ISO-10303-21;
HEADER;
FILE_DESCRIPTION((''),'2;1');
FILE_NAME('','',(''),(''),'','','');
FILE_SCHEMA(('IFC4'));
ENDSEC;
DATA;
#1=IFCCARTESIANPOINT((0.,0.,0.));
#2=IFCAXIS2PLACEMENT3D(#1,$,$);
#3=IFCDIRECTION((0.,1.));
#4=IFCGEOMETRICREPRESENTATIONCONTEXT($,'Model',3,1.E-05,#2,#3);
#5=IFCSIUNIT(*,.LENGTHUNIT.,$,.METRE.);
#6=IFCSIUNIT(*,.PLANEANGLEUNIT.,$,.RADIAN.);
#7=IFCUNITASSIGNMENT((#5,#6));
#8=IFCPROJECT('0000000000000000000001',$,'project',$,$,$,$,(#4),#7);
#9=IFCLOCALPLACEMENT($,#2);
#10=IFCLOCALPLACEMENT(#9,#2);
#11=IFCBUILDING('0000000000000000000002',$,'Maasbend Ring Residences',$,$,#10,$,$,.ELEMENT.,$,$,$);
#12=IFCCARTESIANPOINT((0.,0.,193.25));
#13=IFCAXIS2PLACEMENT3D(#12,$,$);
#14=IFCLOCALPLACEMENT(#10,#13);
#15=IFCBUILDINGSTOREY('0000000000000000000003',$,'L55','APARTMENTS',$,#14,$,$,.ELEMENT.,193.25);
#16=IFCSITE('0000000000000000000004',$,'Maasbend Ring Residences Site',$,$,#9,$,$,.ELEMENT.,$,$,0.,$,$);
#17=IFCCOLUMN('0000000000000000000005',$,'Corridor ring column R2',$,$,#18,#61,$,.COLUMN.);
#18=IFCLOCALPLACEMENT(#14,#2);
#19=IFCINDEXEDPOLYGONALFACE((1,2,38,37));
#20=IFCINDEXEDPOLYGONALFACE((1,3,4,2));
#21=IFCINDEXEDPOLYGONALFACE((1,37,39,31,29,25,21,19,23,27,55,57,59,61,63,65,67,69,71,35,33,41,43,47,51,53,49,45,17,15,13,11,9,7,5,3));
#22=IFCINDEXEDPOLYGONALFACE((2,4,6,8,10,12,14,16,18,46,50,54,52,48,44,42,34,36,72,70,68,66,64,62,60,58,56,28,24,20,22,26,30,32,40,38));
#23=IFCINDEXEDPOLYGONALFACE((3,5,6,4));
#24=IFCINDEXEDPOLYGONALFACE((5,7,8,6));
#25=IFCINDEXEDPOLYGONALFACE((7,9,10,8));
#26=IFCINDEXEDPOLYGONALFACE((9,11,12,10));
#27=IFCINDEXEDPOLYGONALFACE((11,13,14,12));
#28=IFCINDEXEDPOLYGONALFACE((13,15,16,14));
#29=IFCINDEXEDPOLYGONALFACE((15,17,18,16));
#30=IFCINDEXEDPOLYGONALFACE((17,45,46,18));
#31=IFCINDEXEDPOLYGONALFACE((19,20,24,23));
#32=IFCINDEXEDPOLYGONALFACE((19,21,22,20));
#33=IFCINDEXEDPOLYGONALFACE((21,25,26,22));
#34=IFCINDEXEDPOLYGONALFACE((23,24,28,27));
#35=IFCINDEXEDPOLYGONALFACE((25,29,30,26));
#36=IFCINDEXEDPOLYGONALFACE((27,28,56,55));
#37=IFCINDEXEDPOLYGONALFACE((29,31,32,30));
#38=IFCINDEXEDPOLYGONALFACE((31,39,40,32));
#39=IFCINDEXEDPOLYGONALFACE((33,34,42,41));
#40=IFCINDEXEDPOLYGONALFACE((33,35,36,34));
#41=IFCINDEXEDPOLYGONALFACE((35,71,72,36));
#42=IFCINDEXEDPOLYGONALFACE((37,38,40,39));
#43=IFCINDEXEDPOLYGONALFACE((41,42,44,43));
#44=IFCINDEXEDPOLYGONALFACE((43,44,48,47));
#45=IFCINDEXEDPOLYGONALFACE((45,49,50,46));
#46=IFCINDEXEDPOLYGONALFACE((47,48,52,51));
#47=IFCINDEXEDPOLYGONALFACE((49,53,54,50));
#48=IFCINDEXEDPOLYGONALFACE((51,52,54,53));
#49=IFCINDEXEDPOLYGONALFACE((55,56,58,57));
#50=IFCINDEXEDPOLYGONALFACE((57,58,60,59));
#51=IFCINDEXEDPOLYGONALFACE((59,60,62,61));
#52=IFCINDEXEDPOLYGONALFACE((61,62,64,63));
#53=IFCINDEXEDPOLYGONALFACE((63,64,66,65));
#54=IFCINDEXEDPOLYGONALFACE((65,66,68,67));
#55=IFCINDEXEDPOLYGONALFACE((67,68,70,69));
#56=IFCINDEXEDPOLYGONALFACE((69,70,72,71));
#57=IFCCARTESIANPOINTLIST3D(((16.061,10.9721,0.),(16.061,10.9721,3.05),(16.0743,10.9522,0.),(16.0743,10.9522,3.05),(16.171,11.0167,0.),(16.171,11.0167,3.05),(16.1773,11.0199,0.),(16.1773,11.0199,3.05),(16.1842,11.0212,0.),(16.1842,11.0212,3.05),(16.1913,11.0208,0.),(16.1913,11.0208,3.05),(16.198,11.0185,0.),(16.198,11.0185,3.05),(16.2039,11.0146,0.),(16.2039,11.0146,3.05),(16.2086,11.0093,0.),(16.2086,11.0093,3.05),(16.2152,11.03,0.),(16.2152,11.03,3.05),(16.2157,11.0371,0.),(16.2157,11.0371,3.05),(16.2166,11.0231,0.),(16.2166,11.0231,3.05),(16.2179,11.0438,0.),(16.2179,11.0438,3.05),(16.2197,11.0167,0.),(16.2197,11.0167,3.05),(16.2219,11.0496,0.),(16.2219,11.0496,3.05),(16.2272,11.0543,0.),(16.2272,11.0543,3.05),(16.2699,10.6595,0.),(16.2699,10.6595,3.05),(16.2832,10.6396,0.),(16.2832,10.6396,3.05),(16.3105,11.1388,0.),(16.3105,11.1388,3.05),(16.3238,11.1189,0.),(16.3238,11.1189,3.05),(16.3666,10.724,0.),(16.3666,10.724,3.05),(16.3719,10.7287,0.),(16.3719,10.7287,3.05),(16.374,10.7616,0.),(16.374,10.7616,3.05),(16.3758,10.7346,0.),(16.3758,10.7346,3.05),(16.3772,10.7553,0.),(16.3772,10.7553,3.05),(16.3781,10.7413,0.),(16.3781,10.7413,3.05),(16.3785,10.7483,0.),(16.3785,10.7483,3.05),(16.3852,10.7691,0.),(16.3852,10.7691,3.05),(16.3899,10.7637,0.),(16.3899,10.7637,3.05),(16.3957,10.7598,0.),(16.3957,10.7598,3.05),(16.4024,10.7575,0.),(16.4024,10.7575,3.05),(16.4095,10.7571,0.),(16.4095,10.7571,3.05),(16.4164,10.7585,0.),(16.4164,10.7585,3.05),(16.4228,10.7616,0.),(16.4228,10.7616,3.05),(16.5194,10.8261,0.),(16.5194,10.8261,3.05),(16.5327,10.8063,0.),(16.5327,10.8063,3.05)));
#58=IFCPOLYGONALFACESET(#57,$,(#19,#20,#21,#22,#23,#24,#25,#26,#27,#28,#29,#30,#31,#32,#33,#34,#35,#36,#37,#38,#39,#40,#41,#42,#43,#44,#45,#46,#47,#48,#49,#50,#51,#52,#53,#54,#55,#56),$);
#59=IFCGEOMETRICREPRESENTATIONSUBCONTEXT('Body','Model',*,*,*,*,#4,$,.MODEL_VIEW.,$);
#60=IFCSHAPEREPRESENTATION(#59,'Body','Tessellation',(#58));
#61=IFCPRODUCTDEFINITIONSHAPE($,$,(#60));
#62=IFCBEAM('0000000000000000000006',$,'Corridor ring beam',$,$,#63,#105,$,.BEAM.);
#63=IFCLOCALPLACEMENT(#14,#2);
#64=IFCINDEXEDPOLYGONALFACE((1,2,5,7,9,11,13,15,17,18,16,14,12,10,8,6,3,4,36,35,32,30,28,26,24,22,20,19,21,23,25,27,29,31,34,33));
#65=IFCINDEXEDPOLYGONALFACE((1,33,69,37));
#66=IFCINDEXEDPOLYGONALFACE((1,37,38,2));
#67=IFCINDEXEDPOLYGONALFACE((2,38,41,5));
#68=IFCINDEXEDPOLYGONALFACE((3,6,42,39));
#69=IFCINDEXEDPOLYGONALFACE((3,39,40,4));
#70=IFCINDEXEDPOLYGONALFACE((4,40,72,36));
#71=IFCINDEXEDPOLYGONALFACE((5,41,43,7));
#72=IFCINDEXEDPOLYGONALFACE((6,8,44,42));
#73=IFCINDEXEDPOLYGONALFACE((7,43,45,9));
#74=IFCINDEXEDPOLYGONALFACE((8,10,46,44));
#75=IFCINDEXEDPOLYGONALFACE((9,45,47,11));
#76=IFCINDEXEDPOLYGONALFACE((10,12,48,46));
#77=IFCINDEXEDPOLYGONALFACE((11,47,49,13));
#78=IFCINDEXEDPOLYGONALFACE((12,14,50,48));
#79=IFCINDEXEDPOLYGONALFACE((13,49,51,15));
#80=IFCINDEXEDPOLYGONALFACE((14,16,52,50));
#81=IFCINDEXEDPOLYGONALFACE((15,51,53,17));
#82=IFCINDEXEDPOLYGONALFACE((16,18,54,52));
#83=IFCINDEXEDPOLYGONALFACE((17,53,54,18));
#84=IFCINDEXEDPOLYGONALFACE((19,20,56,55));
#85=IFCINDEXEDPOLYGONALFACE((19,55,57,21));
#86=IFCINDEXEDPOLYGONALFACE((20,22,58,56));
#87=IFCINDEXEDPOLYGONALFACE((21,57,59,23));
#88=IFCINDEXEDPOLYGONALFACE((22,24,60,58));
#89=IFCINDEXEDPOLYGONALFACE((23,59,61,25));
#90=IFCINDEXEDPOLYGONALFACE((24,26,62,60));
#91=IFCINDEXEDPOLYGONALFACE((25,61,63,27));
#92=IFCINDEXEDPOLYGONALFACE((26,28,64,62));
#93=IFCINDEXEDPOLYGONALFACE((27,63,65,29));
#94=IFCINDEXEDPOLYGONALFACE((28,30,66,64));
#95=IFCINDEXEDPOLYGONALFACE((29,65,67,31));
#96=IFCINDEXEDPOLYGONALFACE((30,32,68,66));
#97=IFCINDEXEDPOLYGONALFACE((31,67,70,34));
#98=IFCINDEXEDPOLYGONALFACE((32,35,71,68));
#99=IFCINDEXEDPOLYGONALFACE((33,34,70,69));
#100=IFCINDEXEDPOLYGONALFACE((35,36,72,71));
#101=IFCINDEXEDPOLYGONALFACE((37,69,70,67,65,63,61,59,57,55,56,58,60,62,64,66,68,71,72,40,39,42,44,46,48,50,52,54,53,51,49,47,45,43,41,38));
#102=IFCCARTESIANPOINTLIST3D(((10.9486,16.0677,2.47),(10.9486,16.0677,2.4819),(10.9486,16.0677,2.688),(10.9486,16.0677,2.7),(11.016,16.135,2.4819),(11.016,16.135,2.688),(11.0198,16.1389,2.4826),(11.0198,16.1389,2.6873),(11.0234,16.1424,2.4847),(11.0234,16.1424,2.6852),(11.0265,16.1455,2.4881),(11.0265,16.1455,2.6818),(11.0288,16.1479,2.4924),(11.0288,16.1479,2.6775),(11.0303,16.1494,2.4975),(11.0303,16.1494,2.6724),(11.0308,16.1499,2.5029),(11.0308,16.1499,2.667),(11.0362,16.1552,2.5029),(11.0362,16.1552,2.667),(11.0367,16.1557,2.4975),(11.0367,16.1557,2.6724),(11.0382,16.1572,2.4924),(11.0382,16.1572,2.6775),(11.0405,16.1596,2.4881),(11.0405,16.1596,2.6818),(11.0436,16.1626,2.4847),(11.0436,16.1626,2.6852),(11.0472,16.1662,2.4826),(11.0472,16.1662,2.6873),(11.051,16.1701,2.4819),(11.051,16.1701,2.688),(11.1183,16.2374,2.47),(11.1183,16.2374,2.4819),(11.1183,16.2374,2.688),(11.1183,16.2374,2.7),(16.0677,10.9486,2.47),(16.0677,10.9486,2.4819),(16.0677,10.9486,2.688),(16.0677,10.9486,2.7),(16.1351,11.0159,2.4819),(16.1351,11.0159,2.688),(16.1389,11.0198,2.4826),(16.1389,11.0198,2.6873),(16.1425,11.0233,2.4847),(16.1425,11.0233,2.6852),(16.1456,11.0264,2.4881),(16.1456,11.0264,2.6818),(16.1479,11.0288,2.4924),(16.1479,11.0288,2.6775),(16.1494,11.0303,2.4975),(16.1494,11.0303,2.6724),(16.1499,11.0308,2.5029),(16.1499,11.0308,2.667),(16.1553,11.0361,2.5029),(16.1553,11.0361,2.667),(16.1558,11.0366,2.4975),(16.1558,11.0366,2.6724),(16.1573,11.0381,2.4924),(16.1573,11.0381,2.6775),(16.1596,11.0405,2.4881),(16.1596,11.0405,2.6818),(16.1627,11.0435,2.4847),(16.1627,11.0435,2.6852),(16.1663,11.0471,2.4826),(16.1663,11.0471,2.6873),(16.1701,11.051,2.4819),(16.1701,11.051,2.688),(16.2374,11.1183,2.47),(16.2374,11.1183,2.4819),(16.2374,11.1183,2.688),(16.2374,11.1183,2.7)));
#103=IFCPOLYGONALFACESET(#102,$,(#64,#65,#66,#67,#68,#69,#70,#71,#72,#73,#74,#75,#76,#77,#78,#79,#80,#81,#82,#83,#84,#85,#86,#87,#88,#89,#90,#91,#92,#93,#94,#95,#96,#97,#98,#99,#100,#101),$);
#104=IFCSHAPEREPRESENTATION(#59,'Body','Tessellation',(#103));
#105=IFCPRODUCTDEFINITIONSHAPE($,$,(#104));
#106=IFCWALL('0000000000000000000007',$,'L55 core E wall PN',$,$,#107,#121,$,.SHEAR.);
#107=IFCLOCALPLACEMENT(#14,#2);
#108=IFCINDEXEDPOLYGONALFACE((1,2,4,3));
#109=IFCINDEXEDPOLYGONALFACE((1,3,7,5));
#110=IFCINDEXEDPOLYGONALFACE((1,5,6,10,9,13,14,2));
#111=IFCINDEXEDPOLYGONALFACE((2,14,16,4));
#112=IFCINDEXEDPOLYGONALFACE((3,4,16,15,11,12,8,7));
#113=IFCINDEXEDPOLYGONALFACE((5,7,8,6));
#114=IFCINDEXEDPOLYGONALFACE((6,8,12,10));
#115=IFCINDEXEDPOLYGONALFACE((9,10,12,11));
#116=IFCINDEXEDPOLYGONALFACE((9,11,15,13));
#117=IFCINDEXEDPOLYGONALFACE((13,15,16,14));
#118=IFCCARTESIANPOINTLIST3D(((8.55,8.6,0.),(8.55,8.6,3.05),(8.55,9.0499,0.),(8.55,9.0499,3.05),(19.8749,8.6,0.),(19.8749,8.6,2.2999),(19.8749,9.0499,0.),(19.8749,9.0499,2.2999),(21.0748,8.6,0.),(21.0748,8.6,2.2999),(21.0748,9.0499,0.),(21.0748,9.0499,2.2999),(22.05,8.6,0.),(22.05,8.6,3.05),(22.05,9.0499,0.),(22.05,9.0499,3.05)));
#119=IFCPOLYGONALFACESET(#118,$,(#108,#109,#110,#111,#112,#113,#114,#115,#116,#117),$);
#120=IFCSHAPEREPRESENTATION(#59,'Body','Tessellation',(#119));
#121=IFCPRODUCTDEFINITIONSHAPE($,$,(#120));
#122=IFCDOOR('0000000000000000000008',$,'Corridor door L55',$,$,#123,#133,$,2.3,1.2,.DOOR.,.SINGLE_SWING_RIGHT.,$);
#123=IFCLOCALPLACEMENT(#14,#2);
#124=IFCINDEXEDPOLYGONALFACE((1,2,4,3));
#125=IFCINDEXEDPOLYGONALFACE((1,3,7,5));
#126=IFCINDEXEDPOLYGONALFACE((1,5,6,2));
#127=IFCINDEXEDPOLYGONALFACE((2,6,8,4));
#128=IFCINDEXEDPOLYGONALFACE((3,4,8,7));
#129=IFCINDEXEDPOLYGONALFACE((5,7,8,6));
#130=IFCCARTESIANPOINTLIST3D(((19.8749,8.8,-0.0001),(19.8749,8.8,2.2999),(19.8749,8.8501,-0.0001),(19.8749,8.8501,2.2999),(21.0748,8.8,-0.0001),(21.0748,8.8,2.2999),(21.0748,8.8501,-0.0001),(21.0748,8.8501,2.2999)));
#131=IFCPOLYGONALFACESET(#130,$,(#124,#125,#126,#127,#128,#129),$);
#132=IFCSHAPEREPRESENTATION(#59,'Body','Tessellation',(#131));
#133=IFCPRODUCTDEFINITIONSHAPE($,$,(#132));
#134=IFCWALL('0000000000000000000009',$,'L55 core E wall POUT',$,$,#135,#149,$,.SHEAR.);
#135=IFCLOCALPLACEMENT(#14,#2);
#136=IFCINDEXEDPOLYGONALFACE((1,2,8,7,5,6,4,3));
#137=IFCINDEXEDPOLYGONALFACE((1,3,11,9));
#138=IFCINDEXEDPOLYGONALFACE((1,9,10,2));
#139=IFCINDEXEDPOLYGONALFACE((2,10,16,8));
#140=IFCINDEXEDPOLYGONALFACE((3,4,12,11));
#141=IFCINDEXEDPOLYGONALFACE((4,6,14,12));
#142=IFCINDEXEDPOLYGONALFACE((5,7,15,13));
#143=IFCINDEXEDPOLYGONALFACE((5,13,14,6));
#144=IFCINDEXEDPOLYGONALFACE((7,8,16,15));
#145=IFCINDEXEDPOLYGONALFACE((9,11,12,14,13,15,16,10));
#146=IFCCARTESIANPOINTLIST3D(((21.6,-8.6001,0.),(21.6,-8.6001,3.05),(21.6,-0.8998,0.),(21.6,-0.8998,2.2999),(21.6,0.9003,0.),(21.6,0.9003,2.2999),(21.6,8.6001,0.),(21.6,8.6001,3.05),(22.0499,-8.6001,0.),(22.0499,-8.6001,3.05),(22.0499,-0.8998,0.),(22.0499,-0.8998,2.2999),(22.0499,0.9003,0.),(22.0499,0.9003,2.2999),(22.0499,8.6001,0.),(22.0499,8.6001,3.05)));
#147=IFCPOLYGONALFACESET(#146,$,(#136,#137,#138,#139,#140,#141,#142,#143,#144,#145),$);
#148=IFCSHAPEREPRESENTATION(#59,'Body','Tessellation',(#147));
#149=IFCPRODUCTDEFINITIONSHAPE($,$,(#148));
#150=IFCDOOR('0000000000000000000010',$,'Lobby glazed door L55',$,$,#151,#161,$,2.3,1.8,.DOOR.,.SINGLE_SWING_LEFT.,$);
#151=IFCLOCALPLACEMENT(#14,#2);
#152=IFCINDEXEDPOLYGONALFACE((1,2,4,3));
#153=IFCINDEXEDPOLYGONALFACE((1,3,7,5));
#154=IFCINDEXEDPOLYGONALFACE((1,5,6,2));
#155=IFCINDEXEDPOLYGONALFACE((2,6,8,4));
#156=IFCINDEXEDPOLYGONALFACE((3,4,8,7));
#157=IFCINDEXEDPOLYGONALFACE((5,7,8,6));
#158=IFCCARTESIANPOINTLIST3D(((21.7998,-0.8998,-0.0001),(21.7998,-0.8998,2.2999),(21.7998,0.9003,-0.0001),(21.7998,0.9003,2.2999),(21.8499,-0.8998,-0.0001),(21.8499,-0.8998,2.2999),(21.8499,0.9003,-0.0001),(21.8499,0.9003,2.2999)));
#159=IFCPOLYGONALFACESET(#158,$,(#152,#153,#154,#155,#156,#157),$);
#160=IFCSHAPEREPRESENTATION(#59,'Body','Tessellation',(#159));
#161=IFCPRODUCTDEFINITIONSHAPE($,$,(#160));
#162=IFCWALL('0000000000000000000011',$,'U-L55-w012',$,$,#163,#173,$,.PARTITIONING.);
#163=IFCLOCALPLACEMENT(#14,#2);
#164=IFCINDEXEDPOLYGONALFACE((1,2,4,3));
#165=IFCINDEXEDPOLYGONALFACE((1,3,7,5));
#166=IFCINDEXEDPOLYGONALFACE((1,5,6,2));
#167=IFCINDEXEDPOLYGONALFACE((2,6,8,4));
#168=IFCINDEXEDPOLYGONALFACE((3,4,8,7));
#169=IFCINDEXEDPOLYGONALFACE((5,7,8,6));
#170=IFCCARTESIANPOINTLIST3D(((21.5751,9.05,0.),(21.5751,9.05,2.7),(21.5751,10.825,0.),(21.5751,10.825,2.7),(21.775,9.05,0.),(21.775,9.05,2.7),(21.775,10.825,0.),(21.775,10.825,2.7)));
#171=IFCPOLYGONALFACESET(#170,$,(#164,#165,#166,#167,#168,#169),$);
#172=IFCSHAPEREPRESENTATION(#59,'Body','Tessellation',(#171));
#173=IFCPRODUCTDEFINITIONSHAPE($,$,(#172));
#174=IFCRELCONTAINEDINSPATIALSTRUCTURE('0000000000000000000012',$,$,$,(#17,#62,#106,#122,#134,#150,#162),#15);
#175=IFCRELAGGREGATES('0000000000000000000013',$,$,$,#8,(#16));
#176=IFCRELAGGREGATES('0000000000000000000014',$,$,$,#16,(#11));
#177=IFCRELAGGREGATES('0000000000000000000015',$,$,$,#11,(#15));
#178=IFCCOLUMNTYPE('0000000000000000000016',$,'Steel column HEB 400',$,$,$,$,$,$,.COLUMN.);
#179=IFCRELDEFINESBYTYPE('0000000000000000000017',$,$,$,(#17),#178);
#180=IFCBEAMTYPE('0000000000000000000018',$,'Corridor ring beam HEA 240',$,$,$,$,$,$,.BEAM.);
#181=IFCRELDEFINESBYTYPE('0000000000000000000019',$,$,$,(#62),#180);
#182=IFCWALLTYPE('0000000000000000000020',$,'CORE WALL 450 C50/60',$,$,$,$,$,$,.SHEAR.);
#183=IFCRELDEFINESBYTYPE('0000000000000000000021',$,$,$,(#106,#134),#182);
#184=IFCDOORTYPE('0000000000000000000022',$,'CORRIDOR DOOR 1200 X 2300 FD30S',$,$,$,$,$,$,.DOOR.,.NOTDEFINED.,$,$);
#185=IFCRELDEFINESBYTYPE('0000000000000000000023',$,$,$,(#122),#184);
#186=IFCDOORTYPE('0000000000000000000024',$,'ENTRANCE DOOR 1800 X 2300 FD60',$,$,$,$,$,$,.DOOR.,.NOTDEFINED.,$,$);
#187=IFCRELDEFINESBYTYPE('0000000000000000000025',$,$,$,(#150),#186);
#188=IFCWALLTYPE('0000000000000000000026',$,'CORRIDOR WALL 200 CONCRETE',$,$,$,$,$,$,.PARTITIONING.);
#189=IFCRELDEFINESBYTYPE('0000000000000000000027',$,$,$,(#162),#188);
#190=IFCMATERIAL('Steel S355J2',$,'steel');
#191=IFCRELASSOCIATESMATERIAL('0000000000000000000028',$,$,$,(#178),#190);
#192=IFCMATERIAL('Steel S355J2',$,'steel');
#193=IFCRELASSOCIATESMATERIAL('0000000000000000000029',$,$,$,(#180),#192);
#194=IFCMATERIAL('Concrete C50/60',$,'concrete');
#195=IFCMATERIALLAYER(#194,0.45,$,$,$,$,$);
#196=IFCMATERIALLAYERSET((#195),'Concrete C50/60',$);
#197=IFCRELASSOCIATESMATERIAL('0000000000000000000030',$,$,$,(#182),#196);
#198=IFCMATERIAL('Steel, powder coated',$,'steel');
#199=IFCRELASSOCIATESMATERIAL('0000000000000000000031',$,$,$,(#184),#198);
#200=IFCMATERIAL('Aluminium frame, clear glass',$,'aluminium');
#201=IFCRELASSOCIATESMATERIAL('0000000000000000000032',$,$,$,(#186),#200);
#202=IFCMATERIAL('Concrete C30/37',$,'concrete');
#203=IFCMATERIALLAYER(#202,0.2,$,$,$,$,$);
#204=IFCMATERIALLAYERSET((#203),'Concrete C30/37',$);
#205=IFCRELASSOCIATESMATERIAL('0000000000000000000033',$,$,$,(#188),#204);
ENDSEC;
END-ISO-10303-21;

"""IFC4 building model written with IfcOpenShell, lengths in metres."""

from ifc_helpers import new_model, si_unit, direction, frame, frame_2d, origin, origin_2d, place, context, subcontext, project, spatial, rectangle, i_section, extrude, material, layer, layer_set, material_profile, profile_set, type_object, element, fill, save


model = new_model("IFC4")

# Units and contexts
model_context = context("Model", 3, precision=1e-05, world=origin(), true_north=direction((0.0, 1.0)))
body_context = subcontext(model_context, "Body", "Model", "MODEL_VIEW")
ifc_project = project(units=[si_unit("LENGTHUNIT", "METRE"), si_unit("PLANEANGLEUNIT", "RADIAN")], contexts=[model_context])

# Site, building, storey
site_placement = place(None, origin())
site = spatial("IfcSite", under=ifc_project, at=site_placement, Name="Maasbend Ring Residences Site", CompositionType="ELEMENT", RefElevation=0.0)
building_placement = place(site_placement, origin())
building = spatial("IfcBuilding", under=site, at=building_placement, Name="Maasbend Ring Residences", CompositionType="ELEMENT")
storey_placement = place(building_placement, frame((0.0, 0.0, 193.25)))
storey = spatial("IfcBuildingStorey", under=building, at=storey_placement, Name="L55", Description="APARTMENTS", CompositionType="ELEMENT", Elevation=193.25)

# Column
ifc_material_1 = material(Name="Steel S355J2", Category="steel")
ifc_material_profile_1 = material_profile(ifc_material_1, i_section(OverallWidth=0.3, OverallDepth=0.3999, WebThickness=0.0134, FlangeThickness=0.0239, FilletRadius=0.0271, at=origin_2d()), Name="HEB 400")
ifc_profile_set_1 = profile_set([ifc_material_profile_1], Name="Steel S355J2")
column_type = type_object("IfcColumnType", Name="Steel column HEB 400", PredefinedType="COLUMN", material=ifc_profile_set_1)
column_placement = place(storey_placement, frame((16.2969, 10.8892, 0.0), z_axis=(0.0, 0.0, 1.0), x_axis=(0.83147, 0.55557, 0.0)))
element("IfcColumn", 1, at=column_placement, inside=storey, type_object=column_type, Name="Corridor ring column R2", PredefinedType="COLUMN", context=body_context, shape_type="SweptSolid", body=[
    extrude(i_section(OverallWidth=0.3, OverallDepth=0.3999, WebThickness=0.0134, FlangeThickness=0.0239, FilletRadius=0.0271, at=origin_2d()), origin(), (0.0, 0.0, 1.0), 3.05),
])

# Beam
ifc_material_2 = material(Name="Steel S355J2", Category="steel")
ifc_material_profile_2 = material_profile(ifc_material_2, i_section(OverallWidth=0.24, OverallDepth=0.23, WebThickness=0.0076, FlangeThickness=0.012, FilletRadius=0.021, at=origin_2d()), Name="HEA 240")
ifc_profile_set_2 = profile_set([ifc_material_profile_2], Name="Steel S355J2")
beam_type = type_object("IfcBeamType", Name="Corridor ring beam HEA 240", PredefinedType="BEAM", material=ifc_profile_set_2)
beam_placement = place(storey_placement, frame((16.1526, 11.0334, 2.585), z_axis=(-0.707107, 0.707107, 0.0), x_axis=(-0.707107, -0.707107, 0.0)))
element("IfcBeam", 2, at=beam_placement, inside=storey, type_object=beam_type, Name="Corridor ring beam", PredefinedType="BEAM", context=body_context, shape_type="SweptSolid", body=[
    extrude(i_section(OverallWidth=0.24, OverallDepth=0.23, WebThickness=0.0076, FlangeThickness=0.012, FilletRadius=0.021, at=origin_2d()), origin(), (0.0, 0.0, 1.0), 7.2395),
])

# Walls, openings, doors
ifc_material_3 = material(Name="Concrete C50/60", Category="concrete")
ifc_layer_1 = layer(ifc_material_3, 0.45)
ifc_layer_set_1 = layer_set([ifc_layer_1], Name="Concrete C50/60")
wall_type_1 = type_object("IfcWallType", Name="CORE WALL 450 C50/60", PredefinedType="SHEAR", material=ifc_layer_set_1)
wall_1_placement = place(storey_placement, frame((22.05, 8.825, 0.0), z_axis=(0.0, 0.0, 1.0), x_axis=(-1.0, 0.0, 0.0)))
wall_1 = element("IfcWall", 3, at=wall_1_placement, inside=storey, type_object=wall_type_1, Name="L55 core E wall PN", PredefinedType="SHEAR", context=body_context, shape_type="SweptSolid", body=[
    extrude(rectangle(XDim=13.5, YDim=0.45, at=frame_2d((6.75, 0.0))), origin(), (0.0, 0.0, 1.0), 3.05),
])
opening_1_placement = place(wall_1_placement, frame((0.9751, 0.0, 0.0)))
opening_1 = element("IfcOpeningElement", 4, at=opening_1_placement, cuts=wall_1, PredefinedType="OPENING", context=body_context, shape_type="SweptSolid", body=[
    extrude(rectangle(XDim=1.2, YDim=2.3, at=frame_2d((0.6001, 1.1499))), frame((0.0, 0.2349, 0.0), z_axis=(0.0, -1.0, 0.0), x_axis=(1.0, 0.0, 0.0)), (0.0, 0.0, 1.0), 0.47),
])
ifc_material_4 = material(Name="Steel, powder coated", Category="steel")
door_type_1 = type_object("IfcDoorType", Name="CORRIDOR DOOR 1200 X 2300 FD30S", OperationType="NOTDEFINED", PredefinedType="DOOR", material=ifc_material_4)
door_1_placement = place(opening_1_placement, origin())
door_1 = element("IfcDoor", 5, at=door_1_placement, inside=storey, type_object=door_type_1, Name="Corridor door L55", OperationType="SINGLE_SWING_RIGHT", OverallHeight=2.3, OverallWidth=1.2, PredefinedType="DOOR", context=body_context, shape_type="SweptSolid", body=[
    extrude(rectangle(XDim=1.2, YDim=2.3, at=frame_2d((0.6001, 1.1499))), frame((0.0, 0.0249, 0.0), z_axis=(0.0, -1.0, 0.0), x_axis=(1.0, 0.0, 0.0)), (0.0, 0.0, 1.0), 0.05),
])
fill(opening_1, door_1)
wall_2_placement = place(storey_placement, frame((21.825, 8.6001, 0.0), z_axis=(0.0, 0.0, 1.0), x_axis=(0.0, -1.0, 0.0)))
wall_2 = element("IfcWall", 6, at=wall_2_placement, inside=storey, type_object=wall_type_1, Name="L55 core E wall POUT", PredefinedType="SHEAR", context=body_context, shape_type="SweptSolid", body=[
    extrude(rectangle(XDim=17.2002, YDim=0.45, at=frame_2d((8.6001, 0.0))), origin(), (0.0, 0.0, 1.0), 3.05),
])
opening_2_placement = place(wall_2_placement, frame((7.7, 0.0, 0.0)))
opening_2 = element("IfcOpeningElement", 7, at=opening_2_placement, cuts=wall_2, PredefinedType="OPENING", context=body_context, shape_type="SweptSolid", body=[
    extrude(rectangle(XDim=1.8, YDim=2.3, at=frame_2d((0.8999, 1.1499))), frame((0.0, 0.2349, 0.0), z_axis=(0.0, -1.0, 0.0), x_axis=(1.0, 0.0, 0.0)), (0.0, 0.0, 1.0), 0.47),
])
ifc_material_5 = material(Name="Aluminium frame, clear glass", Category="aluminium")
door_type_2 = type_object("IfcDoorType", Name="ENTRANCE DOOR 1800 X 2300 FD60", OperationType="NOTDEFINED", PredefinedType="DOOR", material=ifc_material_5)
door_2_placement = place(opening_2_placement, origin())
door_2 = element("IfcDoor", 8, at=door_2_placement, inside=storey, type_object=door_type_2, Name="Lobby glazed door L55", OperationType="SINGLE_SWING_LEFT", OverallHeight=2.3, OverallWidth=1.8, PredefinedType="DOOR", context=body_context, shape_type="SweptSolid", body=[
    extrude(rectangle(XDim=1.8, YDim=2.3, at=frame_2d((0.8999, 1.1499))), frame((0.0, 0.0249, 0.0), z_axis=(0.0, -1.0, 0.0), x_axis=(1.0, 0.0, 0.0)), (0.0, 0.0, 1.0), 0.05),
])
fill(opening_2, door_2)

# Wall
ifc_material_6 = material(Name="Concrete C30/37", Category="concrete")
ifc_layer_2 = layer(ifc_material_6, 0.2)
ifc_layer_set_2 = layer_set([ifc_layer_2], Name="Concrete C30/37")
wall_type_2 = type_object("IfcWallType", Name="CORRIDOR WALL 200 CONCRETE", PredefinedType="PARTITIONING", material=ifc_layer_set_2)
wall_3_placement = place(storey_placement, frame((21.675, 9.05, 0.0), z_axis=(0.0, 0.0, 1.0), x_axis=(0.0, 1.0, 0.0)))
element("IfcWall", 9, at=wall_3_placement, inside=storey, type_object=wall_type_2, Name="U-L55-w012", PredefinedType="PARTITIONING", context=body_context, shape_type="SweptSolid", body=[
    extrude(rectangle(XDim=1.7749, YDim=0.2, at=frame_2d((0.8875, 0.0))), origin(), (0.0, 0.0, 1.0), 2.7),
])

save(model, "model.ifc")
